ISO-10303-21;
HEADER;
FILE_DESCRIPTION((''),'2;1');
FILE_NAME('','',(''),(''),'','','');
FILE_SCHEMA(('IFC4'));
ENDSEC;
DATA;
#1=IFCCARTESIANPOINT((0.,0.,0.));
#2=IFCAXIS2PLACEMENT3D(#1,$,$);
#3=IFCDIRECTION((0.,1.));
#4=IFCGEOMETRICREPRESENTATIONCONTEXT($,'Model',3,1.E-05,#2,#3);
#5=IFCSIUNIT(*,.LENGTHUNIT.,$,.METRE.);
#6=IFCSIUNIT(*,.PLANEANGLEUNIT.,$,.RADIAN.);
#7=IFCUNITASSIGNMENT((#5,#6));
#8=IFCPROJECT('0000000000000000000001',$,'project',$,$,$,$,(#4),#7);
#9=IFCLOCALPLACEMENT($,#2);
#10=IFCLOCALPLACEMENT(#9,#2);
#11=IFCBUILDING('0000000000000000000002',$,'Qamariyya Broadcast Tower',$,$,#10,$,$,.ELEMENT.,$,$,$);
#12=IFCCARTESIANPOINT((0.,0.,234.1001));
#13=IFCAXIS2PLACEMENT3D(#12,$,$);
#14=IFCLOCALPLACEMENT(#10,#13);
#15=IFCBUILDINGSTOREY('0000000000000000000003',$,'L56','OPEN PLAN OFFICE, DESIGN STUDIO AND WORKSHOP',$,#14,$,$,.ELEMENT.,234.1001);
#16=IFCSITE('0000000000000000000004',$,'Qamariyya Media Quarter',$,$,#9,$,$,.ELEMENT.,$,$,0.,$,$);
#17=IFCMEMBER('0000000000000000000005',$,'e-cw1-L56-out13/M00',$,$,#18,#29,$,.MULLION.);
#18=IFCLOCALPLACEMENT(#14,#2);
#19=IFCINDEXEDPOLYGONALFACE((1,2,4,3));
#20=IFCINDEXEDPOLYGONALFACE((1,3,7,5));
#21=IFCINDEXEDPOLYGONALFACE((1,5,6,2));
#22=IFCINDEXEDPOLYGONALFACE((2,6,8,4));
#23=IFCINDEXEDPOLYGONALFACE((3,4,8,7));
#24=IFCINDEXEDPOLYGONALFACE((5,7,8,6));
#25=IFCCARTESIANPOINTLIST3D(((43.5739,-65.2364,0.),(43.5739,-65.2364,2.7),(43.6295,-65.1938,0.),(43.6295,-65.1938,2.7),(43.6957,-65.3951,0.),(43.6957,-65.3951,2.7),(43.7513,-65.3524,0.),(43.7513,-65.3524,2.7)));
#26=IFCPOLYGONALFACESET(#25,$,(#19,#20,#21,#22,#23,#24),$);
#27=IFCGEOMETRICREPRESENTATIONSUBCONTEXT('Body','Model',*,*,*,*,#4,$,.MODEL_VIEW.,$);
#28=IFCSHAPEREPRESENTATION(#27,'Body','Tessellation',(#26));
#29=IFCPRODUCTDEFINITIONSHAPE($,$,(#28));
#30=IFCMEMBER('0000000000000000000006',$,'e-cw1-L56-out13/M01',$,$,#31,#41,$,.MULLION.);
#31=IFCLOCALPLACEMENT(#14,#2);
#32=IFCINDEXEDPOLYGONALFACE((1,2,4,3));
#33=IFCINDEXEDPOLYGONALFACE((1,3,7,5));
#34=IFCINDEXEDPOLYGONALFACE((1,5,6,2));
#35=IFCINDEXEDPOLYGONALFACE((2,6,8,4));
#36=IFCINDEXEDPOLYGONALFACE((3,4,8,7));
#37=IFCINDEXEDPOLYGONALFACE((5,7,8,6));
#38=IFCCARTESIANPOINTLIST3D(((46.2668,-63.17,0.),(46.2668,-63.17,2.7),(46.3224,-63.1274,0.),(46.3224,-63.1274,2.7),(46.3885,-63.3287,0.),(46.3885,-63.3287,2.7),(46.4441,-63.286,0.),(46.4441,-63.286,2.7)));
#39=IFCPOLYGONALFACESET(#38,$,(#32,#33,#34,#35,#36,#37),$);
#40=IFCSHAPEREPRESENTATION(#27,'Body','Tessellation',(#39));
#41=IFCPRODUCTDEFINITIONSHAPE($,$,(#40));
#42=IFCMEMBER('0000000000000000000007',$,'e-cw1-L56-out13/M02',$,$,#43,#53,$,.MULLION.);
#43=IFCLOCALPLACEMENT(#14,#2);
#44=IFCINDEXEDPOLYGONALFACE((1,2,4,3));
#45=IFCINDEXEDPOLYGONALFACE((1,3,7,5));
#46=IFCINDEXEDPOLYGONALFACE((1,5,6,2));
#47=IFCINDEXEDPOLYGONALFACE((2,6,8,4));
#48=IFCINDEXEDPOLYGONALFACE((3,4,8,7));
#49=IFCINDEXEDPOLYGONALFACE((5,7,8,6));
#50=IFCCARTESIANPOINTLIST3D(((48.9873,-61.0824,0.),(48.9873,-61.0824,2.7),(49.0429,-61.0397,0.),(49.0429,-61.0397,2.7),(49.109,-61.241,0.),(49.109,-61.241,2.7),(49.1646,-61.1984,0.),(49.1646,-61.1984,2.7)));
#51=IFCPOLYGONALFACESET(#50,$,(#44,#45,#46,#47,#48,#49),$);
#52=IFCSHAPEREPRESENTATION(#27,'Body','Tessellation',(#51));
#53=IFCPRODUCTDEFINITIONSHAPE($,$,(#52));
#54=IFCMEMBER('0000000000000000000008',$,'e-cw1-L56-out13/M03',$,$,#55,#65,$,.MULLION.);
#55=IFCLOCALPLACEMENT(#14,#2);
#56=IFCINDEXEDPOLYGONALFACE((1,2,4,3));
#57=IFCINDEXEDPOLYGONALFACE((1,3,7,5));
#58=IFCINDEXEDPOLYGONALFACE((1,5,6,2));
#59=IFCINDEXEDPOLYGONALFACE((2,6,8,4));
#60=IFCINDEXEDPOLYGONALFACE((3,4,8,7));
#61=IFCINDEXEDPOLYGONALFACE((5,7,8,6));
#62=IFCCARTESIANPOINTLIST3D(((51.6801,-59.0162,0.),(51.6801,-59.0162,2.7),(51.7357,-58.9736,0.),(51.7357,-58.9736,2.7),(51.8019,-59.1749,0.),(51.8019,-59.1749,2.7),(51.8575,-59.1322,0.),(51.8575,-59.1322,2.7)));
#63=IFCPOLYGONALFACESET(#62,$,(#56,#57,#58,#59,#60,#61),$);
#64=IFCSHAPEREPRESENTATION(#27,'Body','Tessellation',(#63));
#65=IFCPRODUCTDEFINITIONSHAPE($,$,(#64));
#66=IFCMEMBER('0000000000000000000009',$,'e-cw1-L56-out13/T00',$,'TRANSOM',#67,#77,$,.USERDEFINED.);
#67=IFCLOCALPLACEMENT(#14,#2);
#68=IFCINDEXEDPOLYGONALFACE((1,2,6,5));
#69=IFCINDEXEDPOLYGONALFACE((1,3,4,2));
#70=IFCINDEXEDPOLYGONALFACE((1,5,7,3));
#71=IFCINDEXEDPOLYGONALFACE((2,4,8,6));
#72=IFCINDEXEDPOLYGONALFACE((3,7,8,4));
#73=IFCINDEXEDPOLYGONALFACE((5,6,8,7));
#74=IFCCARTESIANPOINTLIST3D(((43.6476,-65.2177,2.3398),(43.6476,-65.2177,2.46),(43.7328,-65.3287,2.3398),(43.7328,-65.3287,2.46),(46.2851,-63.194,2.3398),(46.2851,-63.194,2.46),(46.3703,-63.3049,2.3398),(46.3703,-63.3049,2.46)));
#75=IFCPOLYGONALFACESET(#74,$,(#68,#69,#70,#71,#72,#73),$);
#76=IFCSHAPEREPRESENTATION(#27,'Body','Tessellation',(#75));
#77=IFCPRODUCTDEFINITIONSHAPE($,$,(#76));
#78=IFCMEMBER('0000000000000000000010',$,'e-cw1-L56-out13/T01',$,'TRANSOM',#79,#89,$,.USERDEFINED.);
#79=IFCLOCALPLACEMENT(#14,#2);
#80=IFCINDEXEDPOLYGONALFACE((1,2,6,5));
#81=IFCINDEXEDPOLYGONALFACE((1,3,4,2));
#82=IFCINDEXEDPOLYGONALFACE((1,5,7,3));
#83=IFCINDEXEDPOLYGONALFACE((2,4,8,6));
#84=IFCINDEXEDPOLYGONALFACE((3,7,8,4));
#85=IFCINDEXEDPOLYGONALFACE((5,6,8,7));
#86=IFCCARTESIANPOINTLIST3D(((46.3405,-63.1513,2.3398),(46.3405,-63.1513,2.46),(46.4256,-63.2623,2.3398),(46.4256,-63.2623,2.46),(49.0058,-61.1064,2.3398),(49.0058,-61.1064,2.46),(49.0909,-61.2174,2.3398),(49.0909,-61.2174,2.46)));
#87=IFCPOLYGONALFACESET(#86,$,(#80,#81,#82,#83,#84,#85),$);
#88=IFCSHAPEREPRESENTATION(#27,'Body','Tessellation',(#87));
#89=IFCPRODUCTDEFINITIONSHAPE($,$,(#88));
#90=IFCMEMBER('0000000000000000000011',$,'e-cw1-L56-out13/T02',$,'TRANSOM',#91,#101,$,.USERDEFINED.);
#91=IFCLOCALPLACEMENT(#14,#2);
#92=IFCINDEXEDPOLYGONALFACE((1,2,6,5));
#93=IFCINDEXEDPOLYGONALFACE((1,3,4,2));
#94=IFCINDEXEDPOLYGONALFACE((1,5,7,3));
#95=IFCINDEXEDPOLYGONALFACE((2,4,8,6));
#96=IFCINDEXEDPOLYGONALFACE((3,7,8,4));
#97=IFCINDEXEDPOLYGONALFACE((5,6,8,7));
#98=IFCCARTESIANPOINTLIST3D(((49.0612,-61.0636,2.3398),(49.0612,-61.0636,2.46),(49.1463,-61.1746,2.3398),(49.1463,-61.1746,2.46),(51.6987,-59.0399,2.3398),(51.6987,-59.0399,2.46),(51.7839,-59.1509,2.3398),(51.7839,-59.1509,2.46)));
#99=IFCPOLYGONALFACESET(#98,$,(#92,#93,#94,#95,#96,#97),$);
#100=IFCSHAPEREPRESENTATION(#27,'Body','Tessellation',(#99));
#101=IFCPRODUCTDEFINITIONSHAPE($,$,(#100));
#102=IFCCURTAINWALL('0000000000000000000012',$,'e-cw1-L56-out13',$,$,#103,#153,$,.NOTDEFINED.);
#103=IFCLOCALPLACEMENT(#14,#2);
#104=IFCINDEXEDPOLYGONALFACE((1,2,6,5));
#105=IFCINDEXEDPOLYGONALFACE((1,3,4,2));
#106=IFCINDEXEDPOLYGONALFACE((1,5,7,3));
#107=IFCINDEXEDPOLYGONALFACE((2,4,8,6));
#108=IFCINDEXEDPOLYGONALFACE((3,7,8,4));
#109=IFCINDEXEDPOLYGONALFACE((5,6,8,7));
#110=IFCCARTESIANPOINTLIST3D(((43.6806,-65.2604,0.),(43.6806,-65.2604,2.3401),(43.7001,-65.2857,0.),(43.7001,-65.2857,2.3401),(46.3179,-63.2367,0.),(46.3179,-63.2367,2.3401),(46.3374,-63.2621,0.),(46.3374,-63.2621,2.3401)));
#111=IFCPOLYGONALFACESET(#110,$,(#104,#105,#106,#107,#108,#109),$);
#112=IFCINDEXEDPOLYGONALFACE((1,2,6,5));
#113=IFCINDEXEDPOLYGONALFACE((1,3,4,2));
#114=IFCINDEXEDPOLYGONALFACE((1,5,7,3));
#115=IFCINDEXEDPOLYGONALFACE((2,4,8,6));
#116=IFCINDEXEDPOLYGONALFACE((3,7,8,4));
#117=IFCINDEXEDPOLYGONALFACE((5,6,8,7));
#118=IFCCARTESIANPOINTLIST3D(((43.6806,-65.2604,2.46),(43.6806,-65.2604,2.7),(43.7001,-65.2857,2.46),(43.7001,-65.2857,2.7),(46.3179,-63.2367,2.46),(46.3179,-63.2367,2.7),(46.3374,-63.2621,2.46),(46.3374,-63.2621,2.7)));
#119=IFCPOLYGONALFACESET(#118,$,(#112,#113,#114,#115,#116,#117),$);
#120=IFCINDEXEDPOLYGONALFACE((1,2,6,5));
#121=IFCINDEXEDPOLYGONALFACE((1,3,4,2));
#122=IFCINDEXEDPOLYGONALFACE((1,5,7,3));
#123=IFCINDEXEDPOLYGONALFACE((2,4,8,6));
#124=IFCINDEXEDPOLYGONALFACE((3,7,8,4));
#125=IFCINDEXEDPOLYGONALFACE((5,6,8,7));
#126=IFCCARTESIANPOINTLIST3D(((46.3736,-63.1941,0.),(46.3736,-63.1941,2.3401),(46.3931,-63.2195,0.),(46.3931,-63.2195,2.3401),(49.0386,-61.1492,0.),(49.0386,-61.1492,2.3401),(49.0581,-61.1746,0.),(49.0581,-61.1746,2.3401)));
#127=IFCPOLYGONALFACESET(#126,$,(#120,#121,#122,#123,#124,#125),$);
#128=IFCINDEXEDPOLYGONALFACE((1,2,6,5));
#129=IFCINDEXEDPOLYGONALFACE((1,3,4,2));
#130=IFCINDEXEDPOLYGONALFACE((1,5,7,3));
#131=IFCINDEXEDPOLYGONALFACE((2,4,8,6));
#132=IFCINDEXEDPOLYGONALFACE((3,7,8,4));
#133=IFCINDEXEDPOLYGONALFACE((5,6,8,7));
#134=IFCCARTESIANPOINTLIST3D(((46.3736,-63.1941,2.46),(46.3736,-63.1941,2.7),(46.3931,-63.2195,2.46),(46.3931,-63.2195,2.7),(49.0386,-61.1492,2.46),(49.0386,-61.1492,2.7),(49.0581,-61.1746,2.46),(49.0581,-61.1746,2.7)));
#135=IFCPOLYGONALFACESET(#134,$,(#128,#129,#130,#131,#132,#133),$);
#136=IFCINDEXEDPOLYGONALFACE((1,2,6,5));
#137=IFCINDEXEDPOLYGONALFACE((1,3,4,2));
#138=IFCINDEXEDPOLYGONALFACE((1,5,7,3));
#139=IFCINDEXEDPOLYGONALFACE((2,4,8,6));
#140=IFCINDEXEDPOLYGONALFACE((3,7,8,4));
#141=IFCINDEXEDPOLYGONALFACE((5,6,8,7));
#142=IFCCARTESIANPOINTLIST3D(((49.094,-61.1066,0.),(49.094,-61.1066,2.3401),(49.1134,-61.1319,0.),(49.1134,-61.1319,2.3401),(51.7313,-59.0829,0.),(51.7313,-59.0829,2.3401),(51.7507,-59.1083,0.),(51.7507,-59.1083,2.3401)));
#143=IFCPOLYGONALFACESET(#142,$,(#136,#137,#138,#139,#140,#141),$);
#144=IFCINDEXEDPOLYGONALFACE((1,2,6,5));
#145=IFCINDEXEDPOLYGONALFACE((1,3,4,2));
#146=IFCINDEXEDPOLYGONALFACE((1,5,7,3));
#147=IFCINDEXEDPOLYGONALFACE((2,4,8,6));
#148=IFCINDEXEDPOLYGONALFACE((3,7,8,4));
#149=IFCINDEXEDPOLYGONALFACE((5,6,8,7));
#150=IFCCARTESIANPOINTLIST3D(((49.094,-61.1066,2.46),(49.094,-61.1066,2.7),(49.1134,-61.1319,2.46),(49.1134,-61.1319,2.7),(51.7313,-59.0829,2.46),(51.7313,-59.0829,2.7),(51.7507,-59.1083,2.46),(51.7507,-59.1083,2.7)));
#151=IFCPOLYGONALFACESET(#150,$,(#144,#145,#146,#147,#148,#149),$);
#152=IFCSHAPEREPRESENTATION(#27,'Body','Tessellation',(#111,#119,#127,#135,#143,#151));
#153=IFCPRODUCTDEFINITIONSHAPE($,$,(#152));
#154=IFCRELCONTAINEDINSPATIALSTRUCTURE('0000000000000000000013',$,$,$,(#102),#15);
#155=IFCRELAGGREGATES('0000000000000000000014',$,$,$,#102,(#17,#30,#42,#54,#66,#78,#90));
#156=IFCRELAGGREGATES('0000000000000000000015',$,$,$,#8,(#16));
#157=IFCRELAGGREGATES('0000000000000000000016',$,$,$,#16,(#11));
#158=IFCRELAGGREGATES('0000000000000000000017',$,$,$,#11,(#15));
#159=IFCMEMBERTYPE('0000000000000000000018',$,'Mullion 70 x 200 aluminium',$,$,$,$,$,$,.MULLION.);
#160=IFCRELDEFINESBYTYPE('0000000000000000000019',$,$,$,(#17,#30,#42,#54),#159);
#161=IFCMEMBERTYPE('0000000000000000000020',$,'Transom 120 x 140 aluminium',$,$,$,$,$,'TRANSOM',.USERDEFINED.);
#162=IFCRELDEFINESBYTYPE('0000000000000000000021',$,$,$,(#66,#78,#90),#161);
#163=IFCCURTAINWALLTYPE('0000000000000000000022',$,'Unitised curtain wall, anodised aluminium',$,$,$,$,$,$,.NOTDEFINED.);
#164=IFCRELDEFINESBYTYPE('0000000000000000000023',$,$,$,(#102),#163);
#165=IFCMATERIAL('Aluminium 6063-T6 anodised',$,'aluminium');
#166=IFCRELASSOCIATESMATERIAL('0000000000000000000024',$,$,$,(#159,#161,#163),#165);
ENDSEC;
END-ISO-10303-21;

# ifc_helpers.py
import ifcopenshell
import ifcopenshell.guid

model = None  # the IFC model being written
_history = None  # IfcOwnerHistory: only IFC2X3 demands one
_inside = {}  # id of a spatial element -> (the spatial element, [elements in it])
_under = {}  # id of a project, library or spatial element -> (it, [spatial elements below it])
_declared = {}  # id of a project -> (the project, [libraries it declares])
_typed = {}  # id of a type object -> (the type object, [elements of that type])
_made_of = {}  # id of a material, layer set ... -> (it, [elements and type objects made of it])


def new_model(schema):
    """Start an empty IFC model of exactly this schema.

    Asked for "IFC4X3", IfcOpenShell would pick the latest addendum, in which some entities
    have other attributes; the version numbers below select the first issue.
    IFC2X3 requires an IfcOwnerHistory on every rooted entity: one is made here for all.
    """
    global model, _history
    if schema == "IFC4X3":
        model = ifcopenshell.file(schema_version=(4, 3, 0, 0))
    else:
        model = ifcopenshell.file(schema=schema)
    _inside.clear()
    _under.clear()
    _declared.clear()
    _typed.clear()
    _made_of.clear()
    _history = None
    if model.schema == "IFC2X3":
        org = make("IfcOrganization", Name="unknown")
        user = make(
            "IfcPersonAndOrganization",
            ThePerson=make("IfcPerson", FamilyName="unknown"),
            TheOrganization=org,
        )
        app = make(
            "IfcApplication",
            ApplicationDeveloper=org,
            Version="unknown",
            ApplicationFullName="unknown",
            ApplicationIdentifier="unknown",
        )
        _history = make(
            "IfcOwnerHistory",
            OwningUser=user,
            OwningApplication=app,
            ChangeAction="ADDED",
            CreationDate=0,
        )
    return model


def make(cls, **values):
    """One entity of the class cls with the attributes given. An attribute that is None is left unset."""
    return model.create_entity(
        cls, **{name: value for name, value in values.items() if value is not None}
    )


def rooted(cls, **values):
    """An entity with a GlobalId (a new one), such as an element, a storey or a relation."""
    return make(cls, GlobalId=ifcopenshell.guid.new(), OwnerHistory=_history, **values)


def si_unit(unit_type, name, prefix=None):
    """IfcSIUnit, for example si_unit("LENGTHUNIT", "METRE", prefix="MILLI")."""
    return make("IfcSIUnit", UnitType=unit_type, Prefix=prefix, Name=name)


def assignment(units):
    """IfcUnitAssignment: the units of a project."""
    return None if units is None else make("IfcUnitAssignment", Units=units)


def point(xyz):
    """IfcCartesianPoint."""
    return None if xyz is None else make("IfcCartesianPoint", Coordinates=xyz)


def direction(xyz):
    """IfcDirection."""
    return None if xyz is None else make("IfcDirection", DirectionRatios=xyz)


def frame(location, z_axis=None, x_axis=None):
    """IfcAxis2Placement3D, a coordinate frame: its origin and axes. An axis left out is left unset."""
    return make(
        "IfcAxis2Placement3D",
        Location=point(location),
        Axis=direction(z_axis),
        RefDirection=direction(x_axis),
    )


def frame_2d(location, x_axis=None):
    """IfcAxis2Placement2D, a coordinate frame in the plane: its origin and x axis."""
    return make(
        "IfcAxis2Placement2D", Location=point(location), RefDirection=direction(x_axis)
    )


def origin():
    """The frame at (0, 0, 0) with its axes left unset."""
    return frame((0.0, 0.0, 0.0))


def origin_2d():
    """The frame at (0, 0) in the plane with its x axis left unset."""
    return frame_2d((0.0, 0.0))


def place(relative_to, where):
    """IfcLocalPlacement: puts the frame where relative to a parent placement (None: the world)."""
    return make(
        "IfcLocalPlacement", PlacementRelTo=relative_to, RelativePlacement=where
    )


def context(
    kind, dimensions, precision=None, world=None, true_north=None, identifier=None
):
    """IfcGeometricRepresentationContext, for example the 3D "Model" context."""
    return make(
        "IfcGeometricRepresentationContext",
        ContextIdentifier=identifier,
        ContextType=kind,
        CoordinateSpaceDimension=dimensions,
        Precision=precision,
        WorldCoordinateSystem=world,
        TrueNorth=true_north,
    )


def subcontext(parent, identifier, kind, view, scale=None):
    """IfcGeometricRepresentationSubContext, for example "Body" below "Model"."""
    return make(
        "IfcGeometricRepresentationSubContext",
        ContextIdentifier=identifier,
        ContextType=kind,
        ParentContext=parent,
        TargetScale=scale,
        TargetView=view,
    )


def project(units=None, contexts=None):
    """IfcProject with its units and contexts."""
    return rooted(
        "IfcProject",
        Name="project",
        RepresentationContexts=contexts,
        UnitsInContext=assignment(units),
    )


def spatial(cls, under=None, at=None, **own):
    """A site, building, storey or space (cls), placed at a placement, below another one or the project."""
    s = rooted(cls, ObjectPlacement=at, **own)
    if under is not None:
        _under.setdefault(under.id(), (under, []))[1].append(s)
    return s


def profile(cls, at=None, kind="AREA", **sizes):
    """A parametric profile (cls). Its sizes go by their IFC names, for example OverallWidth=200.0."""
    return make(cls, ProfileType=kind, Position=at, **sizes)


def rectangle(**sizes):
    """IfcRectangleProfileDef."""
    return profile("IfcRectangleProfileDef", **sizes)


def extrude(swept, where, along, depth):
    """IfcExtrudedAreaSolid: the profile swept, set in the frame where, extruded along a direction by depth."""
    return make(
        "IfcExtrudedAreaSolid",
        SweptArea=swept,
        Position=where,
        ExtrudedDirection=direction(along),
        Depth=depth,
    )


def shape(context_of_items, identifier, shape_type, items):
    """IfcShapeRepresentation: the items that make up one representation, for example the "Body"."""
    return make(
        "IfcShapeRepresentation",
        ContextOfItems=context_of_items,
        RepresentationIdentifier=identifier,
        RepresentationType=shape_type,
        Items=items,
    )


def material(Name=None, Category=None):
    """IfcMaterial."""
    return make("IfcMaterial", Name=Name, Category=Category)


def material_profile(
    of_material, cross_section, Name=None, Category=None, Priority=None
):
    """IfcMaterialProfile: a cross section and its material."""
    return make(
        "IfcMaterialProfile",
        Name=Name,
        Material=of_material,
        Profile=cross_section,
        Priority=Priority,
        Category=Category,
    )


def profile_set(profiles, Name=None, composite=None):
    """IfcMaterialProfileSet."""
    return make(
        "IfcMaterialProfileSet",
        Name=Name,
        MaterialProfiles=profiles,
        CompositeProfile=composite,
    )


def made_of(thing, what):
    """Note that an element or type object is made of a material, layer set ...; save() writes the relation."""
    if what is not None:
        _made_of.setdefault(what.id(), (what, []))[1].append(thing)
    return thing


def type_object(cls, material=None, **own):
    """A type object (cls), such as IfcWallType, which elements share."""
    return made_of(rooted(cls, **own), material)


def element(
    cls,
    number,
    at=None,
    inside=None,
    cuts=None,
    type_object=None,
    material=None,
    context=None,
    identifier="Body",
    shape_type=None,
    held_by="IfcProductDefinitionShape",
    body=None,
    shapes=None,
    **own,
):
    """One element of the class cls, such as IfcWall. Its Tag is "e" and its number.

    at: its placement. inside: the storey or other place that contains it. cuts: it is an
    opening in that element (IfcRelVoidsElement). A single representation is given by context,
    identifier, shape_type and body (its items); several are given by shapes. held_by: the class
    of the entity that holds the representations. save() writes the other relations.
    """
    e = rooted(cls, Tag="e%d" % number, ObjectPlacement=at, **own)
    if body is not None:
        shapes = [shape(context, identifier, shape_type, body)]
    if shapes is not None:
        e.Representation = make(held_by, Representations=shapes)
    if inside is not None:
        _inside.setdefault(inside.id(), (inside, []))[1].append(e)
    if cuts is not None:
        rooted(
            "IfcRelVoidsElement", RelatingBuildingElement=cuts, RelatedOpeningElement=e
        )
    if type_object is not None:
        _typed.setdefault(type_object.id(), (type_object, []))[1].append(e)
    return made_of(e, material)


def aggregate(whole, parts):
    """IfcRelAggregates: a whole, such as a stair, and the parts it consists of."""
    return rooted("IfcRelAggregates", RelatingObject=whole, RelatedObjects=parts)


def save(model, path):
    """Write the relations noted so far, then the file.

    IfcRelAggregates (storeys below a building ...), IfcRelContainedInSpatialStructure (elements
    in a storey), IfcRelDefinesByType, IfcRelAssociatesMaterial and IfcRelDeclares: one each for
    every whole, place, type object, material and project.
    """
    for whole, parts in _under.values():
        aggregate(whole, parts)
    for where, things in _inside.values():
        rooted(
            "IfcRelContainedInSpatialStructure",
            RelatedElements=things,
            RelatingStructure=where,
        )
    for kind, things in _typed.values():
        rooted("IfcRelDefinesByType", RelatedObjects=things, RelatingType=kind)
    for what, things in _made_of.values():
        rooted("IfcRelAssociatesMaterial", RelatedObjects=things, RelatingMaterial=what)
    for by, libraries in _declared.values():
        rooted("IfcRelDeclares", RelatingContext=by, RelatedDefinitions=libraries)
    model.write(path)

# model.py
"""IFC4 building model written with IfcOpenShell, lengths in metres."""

from ifc_helpers import new_model, si_unit, direction, frame, origin, origin_2d, place, context, subcontext, project, spatial, rectangle, extrude, material, material_profile, profile_set, type_object, element, aggregate, save


model = new_model("IFC4")

# Units and contexts
model_context = context("Model", 3, precision=1e-05, world=origin(), true_north=direction((0.0, 1.0)))
body_context = subcontext(model_context, "Body", "Model", "MODEL_VIEW")
ifc_project = project(units=[si_unit("LENGTHUNIT", "METRE"), si_unit("PLANEANGLEUNIT", "RADIAN")], contexts=[model_context])

# Members
ifc_material_1 = material(Name="Aluminium 6063-T6 anodised", Category="aluminium")
ifc_material_profile_1 = material_profile(ifc_material_1, rectangle(XDim=0.2, YDim=0.0701, at=origin_2d()))
ifc_profile_set_1 = profile_set([ifc_material_profile_1], Name="Aluminium 6063-T6 anodised")
member_type_1 = type_object("IfcMemberType", Name="Mullion 70 x 200 aluminium", PredefinedType="MULLION", material=ifc_profile_set_1)
site_placement = place(None, origin())
building_placement = place(site_placement, origin())
storey_placement = place(building_placement, frame((0.0, 0.0, 234.1001)))
member_1_placement = place(storey_placement, frame((43.6626, -65.2944, 0.0), z_axis=(0.0, 0.0, 1.0), x_axis=(-0.608761, 0.793353, 0.0)))
member_1 = element("IfcMember", 1, at=member_1_placement, type_object=member_type_1, Name="e-cw1-L56-out13/M00", PredefinedType="MULLION", context=body_context, shape_type="SweptSolid", body=[
    extrude(rectangle(XDim=0.2, YDim=0.0701, at=origin_2d()), origin(), (0.0, 0.0, 1.0), 2.7),
])
member_2_placement = place(storey_placement, frame((46.3555, -63.228, 0.0), z_axis=(0.0, 0.0, 1.0), x_axis=(-0.608761, 0.793353, 0.0)))
member_2 = element("IfcMember", 2, at=member_2_placement, type_object=member_type_1, Name="e-cw1-L56-out13/M01", PredefinedType="MULLION", context=body_context, shape_type="SweptSolid", body=[
    extrude(rectangle(XDim=0.2, YDim=0.0701, at=origin_2d()), origin(), (0.0, 0.0, 1.0), 2.7),
])
member_3_placement = place(storey_placement, frame((49.0759, -61.1404, 0.0), z_axis=(0.0, 0.0, 1.0), x_axis=(-0.608761, 0.793353, 0.0)))
member_3 = element("IfcMember", 3, at=member_3_placement, type_object=member_type_1, Name="e-cw1-L56-out13/M02", PredefinedType="MULLION", context=body_context, shape_type="SweptSolid", body=[
    extrude(rectangle(XDim=0.2, YDim=0.0701, at=origin_2d()), origin(), (0.0, 0.0, 1.0), 2.7),
])
member_4_placement = place(storey_placement, frame((51.7688, -59.0742, 0.0), z_axis=(0.0, 0.0, 1.0), x_axis=(-0.608761, 0.793353, 0.0)))
member_4 = element("IfcMember", 4, at=member_4_placement, type_object=member_type_1, Name="e-cw1-L56-out13/M03", PredefinedType="MULLION", context=body_context, shape_type="SweptSolid", body=[
    extrude(rectangle(XDim=0.2, YDim=0.0701, at=origin_2d()), origin(), (0.0, 0.0, 1.0), 2.7),
])
ifc_material_profile_2 = material_profile(ifc_material_1, rectangle(XDim=0.1399, YDim=0.1201, at=origin_2d()))
ifc_profile_set_2 = profile_set([ifc_material_profile_2], Name="Aluminium 6063-T6 anodised")
member_type_2 = type_object("IfcMemberType", Name="Transom 120 x 140 aluminium", ElementType="TRANSOM", PredefinedType="USERDEFINED", material=ifc_profile_set_2)
member_5_placement = place(storey_placement, frame((43.6902, -65.2732, 2.3999), z_axis=(0.793369, 0.608741, 0.0), x_axis=(-0.608741, 0.793369, 0.0)))
member_5 = element("IfcMember", 5, at=member_5_placement, type_object=member_type_2, Name="e-cw1-L56-out13/T00", ObjectType="TRANSOM", PredefinedType="USERDEFINED", context=body_context, shape_type="SweptSolid", body=[
    extrude(rectangle(XDim=0.1399, YDim=0.1201, at=origin_2d()), origin(), (0.0, 0.0, 1.0), 3.3245),
])
member_6_placement = place(storey_placement, frame((46.3831, -63.2068, 2.3999), z_axis=(0.793385, 0.60872, 0.0), x_axis=(-0.60872, 0.793385, 0.0)))
member_6 = element("IfcMember", 6, at=member_6_placement, type_object=member_type_2, Name="e-cw1-L56-out13/T01", ObjectType="TRANSOM", PredefinedType="USERDEFINED", context=body_context, shape_type="SweptSolid", body=[
    extrude(rectangle(XDim=0.1399, YDim=0.1201, at=origin_2d()), origin(), (0.0, 0.0, 1.0), 3.3594),
])
member_7_placement = place(storey_placement, frame((49.1038, -61.1191, 2.3999), z_axis=(0.793369, 0.608741, 0.0), x_axis=(-0.608741, 0.793369, 0.0)))
member_7 = element("IfcMember", 7, at=member_7_placement, type_object=member_type_2, Name="e-cw1-L56-out13/T02", ObjectType="TRANSOM", PredefinedType="USERDEFINED", context=body_context, shape_type="SweptSolid", body=[
    extrude(rectangle(XDim=0.1399, YDim=0.1201, at=origin_2d()), origin(), (0.0, 0.0, 1.0), 3.3245),
])

# Site, building, storey
site = spatial("IfcSite", under=ifc_project, at=site_placement, Name="Qamariyya Media Quarter", CompositionType="ELEMENT", RefElevation=0.0)
building = spatial("IfcBuilding", under=site, at=building_placement, Name="Qamariyya Broadcast Tower", CompositionType="ELEMENT")
storey = spatial("IfcBuildingStorey", under=building, at=storey_placement, Name="L56", Description="OPEN PLAN OFFICE, DESIGN STUDIO AND WORKSHOP", CompositionType="ELEMENT", Elevation=234.1001)

# Curtain wall
curtain_wall_type = type_object("IfcCurtainWallType", Name="Unitised curtain wall, anodised aluminium", PredefinedType="NOTDEFINED", material=ifc_material_1)
curtain_wall_1_placement = place(storey_placement, origin())
curtain_wall_1 = element("IfcCurtainWall", 8, at=curtain_wall_1_placement, inside=storey, type_object=curtain_wall_type, Name="e-cw1-L56-out13", PredefinedType="NOTDEFINED", context=body_context, shape_type="SweptSolid", body=[
    extrude(rectangle(XDim=3.3242, YDim=0.032, at=origin_2d()), frame((45.009, -64.2612, 0.0), x_axis=(0.793359, 0.608754, 0.0)), (0.0, 0.0, 1.0), 2.3401),
    extrude(rectangle(XDim=3.3242, YDim=0.032, at=origin_2d()), frame((45.009, -64.2612, 2.46), x_axis=(0.793359, 0.608754, 0.0)), (0.0, 0.0, 1.0), 0.24),
    extrude(rectangle(XDim=3.3591, YDim=0.032, at=origin_2d()), frame((47.7158, -62.1843, 0.0), x_axis=(0.793359, 0.608754, 0.0)), (0.0, 0.0, 1.0), 2.3401),
    extrude(rectangle(XDim=3.3591, YDim=0.032, at=origin_2d()), frame((47.7158, -62.1843, 2.46), x_axis=(0.793359, 0.608754, 0.0)), (0.0, 0.0, 1.0), 0.24),
    extrude(rectangle(XDim=3.3242, YDim=0.032, at=origin_2d()), frame((50.4224, -60.1074, 0.0), x_axis=(0.793359, 0.608754, 0.0)), (0.0, 0.0, 1.0), 2.3401),
    extrude(rectangle(XDim=3.3242, YDim=0.032, at=origin_2d()), frame((50.4224, -60.1074, 2.46), x_axis=(0.793359, 0.608754, 0.0)), (0.0, 0.0, 1.0), 0.24),
])
aggregate(curtain_wall_1, [member_1, member_2, member_3, member_4, member_5, member_6, member_7])

save(model, "model.ifc")
